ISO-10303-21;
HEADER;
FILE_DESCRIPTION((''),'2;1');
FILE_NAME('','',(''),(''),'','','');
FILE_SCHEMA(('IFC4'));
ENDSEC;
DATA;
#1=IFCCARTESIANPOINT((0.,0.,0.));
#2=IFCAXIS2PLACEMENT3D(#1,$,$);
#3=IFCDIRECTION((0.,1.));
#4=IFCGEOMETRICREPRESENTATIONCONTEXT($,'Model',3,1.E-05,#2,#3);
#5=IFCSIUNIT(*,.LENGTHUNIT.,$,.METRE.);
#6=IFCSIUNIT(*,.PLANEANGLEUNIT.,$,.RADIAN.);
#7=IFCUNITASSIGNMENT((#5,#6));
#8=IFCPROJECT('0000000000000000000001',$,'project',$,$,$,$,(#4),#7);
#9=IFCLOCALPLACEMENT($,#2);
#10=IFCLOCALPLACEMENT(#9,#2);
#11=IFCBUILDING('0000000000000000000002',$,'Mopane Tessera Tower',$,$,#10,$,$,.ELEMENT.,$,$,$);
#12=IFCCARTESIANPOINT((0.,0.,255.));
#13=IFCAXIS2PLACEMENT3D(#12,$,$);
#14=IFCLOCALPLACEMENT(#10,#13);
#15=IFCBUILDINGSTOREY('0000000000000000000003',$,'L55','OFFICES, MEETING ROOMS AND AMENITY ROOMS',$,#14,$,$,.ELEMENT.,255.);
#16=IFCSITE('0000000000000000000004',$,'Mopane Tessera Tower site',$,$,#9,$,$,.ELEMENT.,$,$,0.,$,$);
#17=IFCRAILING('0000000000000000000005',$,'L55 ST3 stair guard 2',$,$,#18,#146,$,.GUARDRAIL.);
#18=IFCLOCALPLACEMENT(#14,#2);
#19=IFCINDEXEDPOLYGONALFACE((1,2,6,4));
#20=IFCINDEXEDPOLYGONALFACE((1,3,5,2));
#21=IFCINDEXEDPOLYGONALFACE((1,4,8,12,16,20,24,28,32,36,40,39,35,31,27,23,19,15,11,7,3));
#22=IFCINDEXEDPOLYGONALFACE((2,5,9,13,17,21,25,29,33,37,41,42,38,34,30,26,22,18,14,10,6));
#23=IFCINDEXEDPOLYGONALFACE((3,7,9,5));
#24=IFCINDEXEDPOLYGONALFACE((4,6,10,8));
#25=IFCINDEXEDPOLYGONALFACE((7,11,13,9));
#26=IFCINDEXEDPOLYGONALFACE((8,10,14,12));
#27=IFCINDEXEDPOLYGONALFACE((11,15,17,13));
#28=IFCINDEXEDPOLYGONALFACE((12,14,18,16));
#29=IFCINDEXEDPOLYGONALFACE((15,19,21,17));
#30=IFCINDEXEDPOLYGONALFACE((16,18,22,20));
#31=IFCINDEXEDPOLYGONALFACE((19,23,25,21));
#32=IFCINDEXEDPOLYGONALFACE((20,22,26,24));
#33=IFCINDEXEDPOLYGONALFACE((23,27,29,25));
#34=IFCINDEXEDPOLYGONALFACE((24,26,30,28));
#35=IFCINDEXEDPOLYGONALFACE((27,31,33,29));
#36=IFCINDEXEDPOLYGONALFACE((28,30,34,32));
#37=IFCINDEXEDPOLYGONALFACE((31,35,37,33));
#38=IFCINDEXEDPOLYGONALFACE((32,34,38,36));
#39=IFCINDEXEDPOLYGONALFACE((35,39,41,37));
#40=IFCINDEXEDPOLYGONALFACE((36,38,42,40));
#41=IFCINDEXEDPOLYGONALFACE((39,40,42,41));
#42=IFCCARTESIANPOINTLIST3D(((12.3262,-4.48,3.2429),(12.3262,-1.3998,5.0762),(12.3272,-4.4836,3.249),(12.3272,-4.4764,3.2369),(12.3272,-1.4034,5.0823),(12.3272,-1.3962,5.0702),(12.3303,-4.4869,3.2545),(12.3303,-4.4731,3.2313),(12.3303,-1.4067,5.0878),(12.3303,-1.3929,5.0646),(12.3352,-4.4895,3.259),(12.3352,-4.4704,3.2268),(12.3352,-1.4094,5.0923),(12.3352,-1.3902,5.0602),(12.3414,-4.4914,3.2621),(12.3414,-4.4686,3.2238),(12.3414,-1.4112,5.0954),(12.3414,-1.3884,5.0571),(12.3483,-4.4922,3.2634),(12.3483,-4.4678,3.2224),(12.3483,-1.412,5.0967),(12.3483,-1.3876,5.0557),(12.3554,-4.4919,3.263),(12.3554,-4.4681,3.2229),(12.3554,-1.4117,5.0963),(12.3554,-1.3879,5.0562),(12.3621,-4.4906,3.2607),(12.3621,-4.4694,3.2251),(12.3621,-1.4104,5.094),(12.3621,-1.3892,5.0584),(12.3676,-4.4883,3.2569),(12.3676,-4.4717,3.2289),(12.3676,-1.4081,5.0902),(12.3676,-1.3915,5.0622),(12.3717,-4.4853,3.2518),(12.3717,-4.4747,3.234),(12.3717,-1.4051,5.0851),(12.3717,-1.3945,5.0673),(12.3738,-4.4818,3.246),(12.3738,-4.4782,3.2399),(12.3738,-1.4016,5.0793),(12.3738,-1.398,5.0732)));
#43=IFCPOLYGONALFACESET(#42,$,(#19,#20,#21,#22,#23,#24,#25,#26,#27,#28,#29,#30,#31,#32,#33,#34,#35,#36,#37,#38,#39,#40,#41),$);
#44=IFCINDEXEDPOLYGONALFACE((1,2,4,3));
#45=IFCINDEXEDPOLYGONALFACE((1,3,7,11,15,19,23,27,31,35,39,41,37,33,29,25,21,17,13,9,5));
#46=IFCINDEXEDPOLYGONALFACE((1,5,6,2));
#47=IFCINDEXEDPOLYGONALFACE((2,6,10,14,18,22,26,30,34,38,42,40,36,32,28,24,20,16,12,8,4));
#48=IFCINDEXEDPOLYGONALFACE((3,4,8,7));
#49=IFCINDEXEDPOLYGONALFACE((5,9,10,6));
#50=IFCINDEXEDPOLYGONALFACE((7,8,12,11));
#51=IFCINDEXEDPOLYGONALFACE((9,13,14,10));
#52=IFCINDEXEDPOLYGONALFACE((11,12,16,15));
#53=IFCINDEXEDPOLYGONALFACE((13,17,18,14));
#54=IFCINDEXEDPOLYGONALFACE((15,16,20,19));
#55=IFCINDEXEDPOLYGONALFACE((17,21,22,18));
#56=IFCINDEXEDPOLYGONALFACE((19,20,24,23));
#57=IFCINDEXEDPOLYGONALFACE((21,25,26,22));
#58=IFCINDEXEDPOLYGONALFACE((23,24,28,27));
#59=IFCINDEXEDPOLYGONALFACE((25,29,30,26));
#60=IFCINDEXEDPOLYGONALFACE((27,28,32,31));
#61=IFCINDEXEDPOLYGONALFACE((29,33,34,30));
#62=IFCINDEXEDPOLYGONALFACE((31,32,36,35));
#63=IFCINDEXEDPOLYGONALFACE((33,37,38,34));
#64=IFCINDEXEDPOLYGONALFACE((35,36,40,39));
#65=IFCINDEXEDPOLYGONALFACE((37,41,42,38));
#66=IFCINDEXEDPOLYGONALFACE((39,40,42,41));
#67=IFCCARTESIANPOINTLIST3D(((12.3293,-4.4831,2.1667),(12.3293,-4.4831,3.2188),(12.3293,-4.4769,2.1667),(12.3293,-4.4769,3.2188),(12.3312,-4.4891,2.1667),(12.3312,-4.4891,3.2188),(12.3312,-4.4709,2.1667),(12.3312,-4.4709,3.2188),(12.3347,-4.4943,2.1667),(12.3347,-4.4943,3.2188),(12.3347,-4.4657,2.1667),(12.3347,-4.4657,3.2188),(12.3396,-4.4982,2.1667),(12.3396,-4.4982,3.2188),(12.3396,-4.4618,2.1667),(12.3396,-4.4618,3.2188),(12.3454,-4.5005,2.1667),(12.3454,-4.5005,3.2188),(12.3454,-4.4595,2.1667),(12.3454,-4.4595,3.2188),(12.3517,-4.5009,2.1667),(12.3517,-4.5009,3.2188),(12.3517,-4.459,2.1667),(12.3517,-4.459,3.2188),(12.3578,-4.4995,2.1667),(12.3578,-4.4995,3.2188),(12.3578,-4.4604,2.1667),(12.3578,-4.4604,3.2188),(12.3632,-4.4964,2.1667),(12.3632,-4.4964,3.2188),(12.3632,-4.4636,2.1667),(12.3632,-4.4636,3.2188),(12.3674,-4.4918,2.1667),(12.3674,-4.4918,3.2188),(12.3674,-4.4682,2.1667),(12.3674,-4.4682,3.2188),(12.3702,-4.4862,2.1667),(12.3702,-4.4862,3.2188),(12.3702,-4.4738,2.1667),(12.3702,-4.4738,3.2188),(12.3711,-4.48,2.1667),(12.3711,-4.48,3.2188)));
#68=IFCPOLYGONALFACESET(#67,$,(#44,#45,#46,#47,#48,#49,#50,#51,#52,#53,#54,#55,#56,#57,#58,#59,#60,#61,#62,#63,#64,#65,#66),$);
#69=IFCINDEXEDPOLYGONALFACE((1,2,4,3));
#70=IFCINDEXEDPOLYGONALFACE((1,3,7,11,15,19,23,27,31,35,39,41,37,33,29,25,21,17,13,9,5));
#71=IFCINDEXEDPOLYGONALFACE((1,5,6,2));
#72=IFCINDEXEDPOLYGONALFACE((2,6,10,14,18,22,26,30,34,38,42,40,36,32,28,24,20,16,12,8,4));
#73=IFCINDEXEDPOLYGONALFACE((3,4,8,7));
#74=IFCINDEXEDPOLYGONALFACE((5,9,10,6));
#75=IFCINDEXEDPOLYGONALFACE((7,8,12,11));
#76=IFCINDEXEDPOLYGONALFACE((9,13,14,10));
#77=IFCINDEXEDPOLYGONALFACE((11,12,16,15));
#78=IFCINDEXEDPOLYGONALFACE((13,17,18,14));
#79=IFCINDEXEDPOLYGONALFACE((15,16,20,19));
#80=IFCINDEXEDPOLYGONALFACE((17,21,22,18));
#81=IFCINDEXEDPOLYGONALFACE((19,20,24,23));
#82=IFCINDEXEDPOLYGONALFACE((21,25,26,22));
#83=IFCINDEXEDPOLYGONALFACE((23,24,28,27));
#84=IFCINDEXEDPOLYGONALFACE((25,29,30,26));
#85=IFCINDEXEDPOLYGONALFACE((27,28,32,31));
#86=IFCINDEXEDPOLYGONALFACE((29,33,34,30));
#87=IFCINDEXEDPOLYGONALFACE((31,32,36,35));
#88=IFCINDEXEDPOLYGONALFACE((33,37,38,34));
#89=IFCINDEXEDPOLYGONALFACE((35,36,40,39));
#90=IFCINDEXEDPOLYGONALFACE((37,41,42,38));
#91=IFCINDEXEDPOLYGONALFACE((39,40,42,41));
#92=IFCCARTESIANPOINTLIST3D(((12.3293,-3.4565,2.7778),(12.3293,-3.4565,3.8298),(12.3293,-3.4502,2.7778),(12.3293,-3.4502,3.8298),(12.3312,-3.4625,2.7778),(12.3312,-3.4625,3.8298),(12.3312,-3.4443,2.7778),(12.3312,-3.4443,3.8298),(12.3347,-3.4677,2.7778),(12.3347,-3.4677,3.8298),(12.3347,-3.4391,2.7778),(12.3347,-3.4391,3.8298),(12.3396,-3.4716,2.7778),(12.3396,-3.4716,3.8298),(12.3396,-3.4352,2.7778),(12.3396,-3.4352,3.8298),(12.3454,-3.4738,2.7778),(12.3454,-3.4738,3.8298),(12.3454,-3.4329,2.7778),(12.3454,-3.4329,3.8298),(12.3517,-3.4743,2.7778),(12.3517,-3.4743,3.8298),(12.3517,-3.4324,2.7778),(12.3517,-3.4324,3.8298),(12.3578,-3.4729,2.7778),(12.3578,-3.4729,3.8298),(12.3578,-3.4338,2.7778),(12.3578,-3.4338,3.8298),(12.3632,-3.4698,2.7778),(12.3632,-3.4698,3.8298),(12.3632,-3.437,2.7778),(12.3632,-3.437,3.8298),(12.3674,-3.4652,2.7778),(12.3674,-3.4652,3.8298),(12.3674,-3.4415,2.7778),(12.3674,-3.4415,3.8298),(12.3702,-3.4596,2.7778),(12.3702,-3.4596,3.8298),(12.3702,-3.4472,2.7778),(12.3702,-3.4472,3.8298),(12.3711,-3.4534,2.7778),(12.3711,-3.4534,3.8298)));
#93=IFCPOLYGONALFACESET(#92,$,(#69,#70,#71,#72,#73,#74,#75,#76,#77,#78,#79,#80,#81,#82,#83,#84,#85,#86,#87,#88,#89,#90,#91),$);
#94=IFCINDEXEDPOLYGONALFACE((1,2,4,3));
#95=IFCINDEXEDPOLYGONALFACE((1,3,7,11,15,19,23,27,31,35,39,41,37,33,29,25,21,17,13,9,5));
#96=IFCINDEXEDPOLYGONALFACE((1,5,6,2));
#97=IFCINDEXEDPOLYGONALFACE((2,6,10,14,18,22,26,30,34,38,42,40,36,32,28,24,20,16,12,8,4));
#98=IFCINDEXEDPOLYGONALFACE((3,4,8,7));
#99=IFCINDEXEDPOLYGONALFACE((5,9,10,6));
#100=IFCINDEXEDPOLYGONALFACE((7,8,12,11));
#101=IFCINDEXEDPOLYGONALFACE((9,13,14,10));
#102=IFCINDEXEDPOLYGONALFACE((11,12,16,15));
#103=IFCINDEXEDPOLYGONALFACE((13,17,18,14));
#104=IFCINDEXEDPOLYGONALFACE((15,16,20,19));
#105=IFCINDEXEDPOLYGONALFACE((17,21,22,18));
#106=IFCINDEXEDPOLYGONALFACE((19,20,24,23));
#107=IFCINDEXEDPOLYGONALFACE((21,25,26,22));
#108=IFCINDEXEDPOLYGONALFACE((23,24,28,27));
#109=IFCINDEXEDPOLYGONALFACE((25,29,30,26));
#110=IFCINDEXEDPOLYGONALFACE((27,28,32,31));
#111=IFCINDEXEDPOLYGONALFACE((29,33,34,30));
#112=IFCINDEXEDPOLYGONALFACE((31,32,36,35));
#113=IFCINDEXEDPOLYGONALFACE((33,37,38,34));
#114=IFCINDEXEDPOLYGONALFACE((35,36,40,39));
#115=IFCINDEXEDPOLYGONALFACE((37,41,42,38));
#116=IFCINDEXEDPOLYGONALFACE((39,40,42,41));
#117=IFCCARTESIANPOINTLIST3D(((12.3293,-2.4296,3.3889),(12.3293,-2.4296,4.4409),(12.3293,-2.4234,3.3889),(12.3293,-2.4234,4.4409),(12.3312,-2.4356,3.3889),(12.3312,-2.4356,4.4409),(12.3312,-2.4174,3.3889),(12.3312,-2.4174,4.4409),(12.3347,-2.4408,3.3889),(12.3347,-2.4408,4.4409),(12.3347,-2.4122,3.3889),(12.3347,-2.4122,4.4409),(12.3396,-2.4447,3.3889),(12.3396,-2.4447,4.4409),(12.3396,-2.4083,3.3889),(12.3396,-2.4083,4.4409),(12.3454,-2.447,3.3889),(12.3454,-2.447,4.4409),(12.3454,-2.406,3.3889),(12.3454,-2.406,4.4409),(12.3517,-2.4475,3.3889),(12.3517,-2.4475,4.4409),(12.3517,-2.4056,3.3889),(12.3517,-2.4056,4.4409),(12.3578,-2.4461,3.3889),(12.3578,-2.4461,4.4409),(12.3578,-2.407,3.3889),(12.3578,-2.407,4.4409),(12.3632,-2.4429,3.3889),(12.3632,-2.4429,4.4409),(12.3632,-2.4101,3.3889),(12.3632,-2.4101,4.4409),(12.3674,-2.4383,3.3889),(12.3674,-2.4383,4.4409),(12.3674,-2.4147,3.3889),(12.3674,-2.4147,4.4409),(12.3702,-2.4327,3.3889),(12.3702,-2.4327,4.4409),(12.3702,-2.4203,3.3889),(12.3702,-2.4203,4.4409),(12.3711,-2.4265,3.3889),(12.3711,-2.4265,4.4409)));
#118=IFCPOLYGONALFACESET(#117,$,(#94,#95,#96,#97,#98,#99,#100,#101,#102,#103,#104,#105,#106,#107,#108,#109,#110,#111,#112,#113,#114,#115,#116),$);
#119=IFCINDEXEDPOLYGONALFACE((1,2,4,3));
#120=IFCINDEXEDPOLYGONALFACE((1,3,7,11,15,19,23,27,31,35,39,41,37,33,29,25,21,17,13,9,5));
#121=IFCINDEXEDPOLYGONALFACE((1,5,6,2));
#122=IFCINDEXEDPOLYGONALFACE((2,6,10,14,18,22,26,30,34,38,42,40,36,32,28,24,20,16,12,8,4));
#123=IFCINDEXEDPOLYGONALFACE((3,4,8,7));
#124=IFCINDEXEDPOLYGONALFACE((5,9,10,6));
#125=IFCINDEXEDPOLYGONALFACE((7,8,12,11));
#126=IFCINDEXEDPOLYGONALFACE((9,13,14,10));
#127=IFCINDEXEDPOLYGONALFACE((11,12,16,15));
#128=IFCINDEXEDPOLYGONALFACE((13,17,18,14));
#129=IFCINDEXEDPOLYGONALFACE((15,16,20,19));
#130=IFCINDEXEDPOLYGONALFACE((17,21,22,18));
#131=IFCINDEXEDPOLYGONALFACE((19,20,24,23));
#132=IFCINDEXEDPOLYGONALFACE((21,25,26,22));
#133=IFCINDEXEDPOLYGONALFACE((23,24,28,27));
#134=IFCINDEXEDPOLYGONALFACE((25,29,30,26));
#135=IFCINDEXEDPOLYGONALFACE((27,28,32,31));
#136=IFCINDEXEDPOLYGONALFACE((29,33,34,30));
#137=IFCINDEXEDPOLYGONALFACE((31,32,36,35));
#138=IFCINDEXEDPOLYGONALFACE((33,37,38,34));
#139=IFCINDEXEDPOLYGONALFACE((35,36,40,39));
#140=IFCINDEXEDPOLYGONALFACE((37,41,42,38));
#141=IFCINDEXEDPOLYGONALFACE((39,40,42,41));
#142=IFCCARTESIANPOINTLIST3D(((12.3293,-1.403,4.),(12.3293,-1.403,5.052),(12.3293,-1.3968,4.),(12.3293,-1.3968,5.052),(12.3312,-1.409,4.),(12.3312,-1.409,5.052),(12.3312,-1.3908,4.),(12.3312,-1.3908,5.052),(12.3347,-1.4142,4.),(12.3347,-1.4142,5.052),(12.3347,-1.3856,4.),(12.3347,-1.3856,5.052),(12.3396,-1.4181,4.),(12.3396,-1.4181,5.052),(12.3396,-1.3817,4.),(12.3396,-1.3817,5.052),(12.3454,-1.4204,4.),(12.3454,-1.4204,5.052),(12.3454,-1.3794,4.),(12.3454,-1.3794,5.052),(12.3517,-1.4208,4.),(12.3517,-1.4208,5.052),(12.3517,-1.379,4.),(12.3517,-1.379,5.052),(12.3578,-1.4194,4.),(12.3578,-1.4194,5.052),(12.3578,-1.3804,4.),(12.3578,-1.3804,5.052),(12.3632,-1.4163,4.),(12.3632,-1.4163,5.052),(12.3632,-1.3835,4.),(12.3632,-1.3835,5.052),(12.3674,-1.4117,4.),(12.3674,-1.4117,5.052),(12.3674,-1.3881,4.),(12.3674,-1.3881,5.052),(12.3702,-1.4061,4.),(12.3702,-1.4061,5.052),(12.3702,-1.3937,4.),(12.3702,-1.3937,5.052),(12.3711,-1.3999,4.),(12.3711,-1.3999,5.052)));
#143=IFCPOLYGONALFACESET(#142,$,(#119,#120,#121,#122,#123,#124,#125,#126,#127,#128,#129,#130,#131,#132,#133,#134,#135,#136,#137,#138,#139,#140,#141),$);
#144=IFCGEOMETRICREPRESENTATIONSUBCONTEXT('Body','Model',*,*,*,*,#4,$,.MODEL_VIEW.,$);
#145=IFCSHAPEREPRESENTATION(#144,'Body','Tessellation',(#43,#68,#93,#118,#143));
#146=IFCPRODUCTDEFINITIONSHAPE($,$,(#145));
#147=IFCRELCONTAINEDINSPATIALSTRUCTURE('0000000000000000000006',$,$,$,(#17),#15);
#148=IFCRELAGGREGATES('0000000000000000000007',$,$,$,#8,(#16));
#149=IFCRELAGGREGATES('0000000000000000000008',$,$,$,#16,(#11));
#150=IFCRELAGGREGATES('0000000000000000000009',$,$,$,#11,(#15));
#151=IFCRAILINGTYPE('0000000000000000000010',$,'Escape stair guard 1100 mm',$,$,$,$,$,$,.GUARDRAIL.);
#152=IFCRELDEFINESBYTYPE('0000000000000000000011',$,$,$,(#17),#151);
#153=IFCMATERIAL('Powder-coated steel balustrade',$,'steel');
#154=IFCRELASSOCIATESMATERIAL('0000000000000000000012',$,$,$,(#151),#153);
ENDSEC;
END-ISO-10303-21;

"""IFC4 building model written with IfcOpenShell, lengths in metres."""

from ifc_helpers import new_model, si_unit, direction, frame, origin, origin_2d, place, context, subcontext, project, spatial, circle, extrude, material, type_object, element, save


model = new_model("IFC4")

# Units and contexts
model_context = context("Model", 3, precision=1e-05, world=origin(), true_north=direction((0.0, 1.0)))
body_context = subcontext(model_context, "Body", "Model", "MODEL_VIEW")
ifc_project = project(units=[si_unit("LENGTHUNIT", "METRE"), si_unit("PLANEANGLEUNIT", "RADIAN")], contexts=[model_context])

# Site, building, storey
site_placement = place(None, origin())
site = spatial("IfcSite", under=ifc_project, at=site_placement, Name="Mopane Tessera Tower site", CompositionType="ELEMENT", RefElevation=0.0)
building_placement = place(site_placement, origin())
building = spatial("IfcBuilding", under=site, at=building_placement, Name="Mopane Tessera Tower", CompositionType="ELEMENT")
storey_placement = place(building_placement, frame((0.0, 0.0, 255.0)))
storey = spatial("IfcBuildingStorey", under=building, at=storey_placement, Name="L55", Description="OFFICES, MEETING ROOMS AND AMENITY ROOMS", CompositionType="ELEMENT", Elevation=255.0)

# Railing
ifc_material_1 = material(Name="Powder-coated steel balustrade", Category="steel")
railing_type_1 = type_object("IfcRailingType", Name="Escape stair guard 1100 mm", PredefinedType="GUARDRAIL", material=ifc_material_1)
railing_1_placement = place(storey_placement, frame((12.3501, -4.48, 2.1667)))
element("IfcRailing", 1, at=railing_1_placement, inside=storey, type_object=railing_type_1, Name="L55 ST3 stair guard 2", PredefinedType="GUARDRAIL", context=body_context, shape_type="SweptSolid", body=[
    extrude(circle(Radius=0.0239, at=origin_2d()), frame((0.0, 0.0, 1.0762), z_axis=(0.0, 0.859309, 0.511458), x_axis=(-1.0, 0.0, 0.0)), (0.0, 0.0, 1.0), 3.5845),
    extrude(circle(Radius=0.021, at=origin_2d()), origin(), (0.0, 0.0, 1.0), 1.052),
    extrude(circle(Radius=0.021, at=origin_2d()), frame((0.0, 1.0266, 0.6111)), (0.0, 0.0, 1.0), 1.052),
    extrude(circle(Radius=0.021, at=origin_2d()), frame((0.0, 2.0535, 1.2222)), (0.0, 0.0, 1.0), 1.052),
    extrude(circle(Radius=0.021, at=origin_2d()), frame((0.0, 3.0801, 1.8333)), (0.0, 0.0, 1.0), 1.052),
])

save(model, "model.ifc")
